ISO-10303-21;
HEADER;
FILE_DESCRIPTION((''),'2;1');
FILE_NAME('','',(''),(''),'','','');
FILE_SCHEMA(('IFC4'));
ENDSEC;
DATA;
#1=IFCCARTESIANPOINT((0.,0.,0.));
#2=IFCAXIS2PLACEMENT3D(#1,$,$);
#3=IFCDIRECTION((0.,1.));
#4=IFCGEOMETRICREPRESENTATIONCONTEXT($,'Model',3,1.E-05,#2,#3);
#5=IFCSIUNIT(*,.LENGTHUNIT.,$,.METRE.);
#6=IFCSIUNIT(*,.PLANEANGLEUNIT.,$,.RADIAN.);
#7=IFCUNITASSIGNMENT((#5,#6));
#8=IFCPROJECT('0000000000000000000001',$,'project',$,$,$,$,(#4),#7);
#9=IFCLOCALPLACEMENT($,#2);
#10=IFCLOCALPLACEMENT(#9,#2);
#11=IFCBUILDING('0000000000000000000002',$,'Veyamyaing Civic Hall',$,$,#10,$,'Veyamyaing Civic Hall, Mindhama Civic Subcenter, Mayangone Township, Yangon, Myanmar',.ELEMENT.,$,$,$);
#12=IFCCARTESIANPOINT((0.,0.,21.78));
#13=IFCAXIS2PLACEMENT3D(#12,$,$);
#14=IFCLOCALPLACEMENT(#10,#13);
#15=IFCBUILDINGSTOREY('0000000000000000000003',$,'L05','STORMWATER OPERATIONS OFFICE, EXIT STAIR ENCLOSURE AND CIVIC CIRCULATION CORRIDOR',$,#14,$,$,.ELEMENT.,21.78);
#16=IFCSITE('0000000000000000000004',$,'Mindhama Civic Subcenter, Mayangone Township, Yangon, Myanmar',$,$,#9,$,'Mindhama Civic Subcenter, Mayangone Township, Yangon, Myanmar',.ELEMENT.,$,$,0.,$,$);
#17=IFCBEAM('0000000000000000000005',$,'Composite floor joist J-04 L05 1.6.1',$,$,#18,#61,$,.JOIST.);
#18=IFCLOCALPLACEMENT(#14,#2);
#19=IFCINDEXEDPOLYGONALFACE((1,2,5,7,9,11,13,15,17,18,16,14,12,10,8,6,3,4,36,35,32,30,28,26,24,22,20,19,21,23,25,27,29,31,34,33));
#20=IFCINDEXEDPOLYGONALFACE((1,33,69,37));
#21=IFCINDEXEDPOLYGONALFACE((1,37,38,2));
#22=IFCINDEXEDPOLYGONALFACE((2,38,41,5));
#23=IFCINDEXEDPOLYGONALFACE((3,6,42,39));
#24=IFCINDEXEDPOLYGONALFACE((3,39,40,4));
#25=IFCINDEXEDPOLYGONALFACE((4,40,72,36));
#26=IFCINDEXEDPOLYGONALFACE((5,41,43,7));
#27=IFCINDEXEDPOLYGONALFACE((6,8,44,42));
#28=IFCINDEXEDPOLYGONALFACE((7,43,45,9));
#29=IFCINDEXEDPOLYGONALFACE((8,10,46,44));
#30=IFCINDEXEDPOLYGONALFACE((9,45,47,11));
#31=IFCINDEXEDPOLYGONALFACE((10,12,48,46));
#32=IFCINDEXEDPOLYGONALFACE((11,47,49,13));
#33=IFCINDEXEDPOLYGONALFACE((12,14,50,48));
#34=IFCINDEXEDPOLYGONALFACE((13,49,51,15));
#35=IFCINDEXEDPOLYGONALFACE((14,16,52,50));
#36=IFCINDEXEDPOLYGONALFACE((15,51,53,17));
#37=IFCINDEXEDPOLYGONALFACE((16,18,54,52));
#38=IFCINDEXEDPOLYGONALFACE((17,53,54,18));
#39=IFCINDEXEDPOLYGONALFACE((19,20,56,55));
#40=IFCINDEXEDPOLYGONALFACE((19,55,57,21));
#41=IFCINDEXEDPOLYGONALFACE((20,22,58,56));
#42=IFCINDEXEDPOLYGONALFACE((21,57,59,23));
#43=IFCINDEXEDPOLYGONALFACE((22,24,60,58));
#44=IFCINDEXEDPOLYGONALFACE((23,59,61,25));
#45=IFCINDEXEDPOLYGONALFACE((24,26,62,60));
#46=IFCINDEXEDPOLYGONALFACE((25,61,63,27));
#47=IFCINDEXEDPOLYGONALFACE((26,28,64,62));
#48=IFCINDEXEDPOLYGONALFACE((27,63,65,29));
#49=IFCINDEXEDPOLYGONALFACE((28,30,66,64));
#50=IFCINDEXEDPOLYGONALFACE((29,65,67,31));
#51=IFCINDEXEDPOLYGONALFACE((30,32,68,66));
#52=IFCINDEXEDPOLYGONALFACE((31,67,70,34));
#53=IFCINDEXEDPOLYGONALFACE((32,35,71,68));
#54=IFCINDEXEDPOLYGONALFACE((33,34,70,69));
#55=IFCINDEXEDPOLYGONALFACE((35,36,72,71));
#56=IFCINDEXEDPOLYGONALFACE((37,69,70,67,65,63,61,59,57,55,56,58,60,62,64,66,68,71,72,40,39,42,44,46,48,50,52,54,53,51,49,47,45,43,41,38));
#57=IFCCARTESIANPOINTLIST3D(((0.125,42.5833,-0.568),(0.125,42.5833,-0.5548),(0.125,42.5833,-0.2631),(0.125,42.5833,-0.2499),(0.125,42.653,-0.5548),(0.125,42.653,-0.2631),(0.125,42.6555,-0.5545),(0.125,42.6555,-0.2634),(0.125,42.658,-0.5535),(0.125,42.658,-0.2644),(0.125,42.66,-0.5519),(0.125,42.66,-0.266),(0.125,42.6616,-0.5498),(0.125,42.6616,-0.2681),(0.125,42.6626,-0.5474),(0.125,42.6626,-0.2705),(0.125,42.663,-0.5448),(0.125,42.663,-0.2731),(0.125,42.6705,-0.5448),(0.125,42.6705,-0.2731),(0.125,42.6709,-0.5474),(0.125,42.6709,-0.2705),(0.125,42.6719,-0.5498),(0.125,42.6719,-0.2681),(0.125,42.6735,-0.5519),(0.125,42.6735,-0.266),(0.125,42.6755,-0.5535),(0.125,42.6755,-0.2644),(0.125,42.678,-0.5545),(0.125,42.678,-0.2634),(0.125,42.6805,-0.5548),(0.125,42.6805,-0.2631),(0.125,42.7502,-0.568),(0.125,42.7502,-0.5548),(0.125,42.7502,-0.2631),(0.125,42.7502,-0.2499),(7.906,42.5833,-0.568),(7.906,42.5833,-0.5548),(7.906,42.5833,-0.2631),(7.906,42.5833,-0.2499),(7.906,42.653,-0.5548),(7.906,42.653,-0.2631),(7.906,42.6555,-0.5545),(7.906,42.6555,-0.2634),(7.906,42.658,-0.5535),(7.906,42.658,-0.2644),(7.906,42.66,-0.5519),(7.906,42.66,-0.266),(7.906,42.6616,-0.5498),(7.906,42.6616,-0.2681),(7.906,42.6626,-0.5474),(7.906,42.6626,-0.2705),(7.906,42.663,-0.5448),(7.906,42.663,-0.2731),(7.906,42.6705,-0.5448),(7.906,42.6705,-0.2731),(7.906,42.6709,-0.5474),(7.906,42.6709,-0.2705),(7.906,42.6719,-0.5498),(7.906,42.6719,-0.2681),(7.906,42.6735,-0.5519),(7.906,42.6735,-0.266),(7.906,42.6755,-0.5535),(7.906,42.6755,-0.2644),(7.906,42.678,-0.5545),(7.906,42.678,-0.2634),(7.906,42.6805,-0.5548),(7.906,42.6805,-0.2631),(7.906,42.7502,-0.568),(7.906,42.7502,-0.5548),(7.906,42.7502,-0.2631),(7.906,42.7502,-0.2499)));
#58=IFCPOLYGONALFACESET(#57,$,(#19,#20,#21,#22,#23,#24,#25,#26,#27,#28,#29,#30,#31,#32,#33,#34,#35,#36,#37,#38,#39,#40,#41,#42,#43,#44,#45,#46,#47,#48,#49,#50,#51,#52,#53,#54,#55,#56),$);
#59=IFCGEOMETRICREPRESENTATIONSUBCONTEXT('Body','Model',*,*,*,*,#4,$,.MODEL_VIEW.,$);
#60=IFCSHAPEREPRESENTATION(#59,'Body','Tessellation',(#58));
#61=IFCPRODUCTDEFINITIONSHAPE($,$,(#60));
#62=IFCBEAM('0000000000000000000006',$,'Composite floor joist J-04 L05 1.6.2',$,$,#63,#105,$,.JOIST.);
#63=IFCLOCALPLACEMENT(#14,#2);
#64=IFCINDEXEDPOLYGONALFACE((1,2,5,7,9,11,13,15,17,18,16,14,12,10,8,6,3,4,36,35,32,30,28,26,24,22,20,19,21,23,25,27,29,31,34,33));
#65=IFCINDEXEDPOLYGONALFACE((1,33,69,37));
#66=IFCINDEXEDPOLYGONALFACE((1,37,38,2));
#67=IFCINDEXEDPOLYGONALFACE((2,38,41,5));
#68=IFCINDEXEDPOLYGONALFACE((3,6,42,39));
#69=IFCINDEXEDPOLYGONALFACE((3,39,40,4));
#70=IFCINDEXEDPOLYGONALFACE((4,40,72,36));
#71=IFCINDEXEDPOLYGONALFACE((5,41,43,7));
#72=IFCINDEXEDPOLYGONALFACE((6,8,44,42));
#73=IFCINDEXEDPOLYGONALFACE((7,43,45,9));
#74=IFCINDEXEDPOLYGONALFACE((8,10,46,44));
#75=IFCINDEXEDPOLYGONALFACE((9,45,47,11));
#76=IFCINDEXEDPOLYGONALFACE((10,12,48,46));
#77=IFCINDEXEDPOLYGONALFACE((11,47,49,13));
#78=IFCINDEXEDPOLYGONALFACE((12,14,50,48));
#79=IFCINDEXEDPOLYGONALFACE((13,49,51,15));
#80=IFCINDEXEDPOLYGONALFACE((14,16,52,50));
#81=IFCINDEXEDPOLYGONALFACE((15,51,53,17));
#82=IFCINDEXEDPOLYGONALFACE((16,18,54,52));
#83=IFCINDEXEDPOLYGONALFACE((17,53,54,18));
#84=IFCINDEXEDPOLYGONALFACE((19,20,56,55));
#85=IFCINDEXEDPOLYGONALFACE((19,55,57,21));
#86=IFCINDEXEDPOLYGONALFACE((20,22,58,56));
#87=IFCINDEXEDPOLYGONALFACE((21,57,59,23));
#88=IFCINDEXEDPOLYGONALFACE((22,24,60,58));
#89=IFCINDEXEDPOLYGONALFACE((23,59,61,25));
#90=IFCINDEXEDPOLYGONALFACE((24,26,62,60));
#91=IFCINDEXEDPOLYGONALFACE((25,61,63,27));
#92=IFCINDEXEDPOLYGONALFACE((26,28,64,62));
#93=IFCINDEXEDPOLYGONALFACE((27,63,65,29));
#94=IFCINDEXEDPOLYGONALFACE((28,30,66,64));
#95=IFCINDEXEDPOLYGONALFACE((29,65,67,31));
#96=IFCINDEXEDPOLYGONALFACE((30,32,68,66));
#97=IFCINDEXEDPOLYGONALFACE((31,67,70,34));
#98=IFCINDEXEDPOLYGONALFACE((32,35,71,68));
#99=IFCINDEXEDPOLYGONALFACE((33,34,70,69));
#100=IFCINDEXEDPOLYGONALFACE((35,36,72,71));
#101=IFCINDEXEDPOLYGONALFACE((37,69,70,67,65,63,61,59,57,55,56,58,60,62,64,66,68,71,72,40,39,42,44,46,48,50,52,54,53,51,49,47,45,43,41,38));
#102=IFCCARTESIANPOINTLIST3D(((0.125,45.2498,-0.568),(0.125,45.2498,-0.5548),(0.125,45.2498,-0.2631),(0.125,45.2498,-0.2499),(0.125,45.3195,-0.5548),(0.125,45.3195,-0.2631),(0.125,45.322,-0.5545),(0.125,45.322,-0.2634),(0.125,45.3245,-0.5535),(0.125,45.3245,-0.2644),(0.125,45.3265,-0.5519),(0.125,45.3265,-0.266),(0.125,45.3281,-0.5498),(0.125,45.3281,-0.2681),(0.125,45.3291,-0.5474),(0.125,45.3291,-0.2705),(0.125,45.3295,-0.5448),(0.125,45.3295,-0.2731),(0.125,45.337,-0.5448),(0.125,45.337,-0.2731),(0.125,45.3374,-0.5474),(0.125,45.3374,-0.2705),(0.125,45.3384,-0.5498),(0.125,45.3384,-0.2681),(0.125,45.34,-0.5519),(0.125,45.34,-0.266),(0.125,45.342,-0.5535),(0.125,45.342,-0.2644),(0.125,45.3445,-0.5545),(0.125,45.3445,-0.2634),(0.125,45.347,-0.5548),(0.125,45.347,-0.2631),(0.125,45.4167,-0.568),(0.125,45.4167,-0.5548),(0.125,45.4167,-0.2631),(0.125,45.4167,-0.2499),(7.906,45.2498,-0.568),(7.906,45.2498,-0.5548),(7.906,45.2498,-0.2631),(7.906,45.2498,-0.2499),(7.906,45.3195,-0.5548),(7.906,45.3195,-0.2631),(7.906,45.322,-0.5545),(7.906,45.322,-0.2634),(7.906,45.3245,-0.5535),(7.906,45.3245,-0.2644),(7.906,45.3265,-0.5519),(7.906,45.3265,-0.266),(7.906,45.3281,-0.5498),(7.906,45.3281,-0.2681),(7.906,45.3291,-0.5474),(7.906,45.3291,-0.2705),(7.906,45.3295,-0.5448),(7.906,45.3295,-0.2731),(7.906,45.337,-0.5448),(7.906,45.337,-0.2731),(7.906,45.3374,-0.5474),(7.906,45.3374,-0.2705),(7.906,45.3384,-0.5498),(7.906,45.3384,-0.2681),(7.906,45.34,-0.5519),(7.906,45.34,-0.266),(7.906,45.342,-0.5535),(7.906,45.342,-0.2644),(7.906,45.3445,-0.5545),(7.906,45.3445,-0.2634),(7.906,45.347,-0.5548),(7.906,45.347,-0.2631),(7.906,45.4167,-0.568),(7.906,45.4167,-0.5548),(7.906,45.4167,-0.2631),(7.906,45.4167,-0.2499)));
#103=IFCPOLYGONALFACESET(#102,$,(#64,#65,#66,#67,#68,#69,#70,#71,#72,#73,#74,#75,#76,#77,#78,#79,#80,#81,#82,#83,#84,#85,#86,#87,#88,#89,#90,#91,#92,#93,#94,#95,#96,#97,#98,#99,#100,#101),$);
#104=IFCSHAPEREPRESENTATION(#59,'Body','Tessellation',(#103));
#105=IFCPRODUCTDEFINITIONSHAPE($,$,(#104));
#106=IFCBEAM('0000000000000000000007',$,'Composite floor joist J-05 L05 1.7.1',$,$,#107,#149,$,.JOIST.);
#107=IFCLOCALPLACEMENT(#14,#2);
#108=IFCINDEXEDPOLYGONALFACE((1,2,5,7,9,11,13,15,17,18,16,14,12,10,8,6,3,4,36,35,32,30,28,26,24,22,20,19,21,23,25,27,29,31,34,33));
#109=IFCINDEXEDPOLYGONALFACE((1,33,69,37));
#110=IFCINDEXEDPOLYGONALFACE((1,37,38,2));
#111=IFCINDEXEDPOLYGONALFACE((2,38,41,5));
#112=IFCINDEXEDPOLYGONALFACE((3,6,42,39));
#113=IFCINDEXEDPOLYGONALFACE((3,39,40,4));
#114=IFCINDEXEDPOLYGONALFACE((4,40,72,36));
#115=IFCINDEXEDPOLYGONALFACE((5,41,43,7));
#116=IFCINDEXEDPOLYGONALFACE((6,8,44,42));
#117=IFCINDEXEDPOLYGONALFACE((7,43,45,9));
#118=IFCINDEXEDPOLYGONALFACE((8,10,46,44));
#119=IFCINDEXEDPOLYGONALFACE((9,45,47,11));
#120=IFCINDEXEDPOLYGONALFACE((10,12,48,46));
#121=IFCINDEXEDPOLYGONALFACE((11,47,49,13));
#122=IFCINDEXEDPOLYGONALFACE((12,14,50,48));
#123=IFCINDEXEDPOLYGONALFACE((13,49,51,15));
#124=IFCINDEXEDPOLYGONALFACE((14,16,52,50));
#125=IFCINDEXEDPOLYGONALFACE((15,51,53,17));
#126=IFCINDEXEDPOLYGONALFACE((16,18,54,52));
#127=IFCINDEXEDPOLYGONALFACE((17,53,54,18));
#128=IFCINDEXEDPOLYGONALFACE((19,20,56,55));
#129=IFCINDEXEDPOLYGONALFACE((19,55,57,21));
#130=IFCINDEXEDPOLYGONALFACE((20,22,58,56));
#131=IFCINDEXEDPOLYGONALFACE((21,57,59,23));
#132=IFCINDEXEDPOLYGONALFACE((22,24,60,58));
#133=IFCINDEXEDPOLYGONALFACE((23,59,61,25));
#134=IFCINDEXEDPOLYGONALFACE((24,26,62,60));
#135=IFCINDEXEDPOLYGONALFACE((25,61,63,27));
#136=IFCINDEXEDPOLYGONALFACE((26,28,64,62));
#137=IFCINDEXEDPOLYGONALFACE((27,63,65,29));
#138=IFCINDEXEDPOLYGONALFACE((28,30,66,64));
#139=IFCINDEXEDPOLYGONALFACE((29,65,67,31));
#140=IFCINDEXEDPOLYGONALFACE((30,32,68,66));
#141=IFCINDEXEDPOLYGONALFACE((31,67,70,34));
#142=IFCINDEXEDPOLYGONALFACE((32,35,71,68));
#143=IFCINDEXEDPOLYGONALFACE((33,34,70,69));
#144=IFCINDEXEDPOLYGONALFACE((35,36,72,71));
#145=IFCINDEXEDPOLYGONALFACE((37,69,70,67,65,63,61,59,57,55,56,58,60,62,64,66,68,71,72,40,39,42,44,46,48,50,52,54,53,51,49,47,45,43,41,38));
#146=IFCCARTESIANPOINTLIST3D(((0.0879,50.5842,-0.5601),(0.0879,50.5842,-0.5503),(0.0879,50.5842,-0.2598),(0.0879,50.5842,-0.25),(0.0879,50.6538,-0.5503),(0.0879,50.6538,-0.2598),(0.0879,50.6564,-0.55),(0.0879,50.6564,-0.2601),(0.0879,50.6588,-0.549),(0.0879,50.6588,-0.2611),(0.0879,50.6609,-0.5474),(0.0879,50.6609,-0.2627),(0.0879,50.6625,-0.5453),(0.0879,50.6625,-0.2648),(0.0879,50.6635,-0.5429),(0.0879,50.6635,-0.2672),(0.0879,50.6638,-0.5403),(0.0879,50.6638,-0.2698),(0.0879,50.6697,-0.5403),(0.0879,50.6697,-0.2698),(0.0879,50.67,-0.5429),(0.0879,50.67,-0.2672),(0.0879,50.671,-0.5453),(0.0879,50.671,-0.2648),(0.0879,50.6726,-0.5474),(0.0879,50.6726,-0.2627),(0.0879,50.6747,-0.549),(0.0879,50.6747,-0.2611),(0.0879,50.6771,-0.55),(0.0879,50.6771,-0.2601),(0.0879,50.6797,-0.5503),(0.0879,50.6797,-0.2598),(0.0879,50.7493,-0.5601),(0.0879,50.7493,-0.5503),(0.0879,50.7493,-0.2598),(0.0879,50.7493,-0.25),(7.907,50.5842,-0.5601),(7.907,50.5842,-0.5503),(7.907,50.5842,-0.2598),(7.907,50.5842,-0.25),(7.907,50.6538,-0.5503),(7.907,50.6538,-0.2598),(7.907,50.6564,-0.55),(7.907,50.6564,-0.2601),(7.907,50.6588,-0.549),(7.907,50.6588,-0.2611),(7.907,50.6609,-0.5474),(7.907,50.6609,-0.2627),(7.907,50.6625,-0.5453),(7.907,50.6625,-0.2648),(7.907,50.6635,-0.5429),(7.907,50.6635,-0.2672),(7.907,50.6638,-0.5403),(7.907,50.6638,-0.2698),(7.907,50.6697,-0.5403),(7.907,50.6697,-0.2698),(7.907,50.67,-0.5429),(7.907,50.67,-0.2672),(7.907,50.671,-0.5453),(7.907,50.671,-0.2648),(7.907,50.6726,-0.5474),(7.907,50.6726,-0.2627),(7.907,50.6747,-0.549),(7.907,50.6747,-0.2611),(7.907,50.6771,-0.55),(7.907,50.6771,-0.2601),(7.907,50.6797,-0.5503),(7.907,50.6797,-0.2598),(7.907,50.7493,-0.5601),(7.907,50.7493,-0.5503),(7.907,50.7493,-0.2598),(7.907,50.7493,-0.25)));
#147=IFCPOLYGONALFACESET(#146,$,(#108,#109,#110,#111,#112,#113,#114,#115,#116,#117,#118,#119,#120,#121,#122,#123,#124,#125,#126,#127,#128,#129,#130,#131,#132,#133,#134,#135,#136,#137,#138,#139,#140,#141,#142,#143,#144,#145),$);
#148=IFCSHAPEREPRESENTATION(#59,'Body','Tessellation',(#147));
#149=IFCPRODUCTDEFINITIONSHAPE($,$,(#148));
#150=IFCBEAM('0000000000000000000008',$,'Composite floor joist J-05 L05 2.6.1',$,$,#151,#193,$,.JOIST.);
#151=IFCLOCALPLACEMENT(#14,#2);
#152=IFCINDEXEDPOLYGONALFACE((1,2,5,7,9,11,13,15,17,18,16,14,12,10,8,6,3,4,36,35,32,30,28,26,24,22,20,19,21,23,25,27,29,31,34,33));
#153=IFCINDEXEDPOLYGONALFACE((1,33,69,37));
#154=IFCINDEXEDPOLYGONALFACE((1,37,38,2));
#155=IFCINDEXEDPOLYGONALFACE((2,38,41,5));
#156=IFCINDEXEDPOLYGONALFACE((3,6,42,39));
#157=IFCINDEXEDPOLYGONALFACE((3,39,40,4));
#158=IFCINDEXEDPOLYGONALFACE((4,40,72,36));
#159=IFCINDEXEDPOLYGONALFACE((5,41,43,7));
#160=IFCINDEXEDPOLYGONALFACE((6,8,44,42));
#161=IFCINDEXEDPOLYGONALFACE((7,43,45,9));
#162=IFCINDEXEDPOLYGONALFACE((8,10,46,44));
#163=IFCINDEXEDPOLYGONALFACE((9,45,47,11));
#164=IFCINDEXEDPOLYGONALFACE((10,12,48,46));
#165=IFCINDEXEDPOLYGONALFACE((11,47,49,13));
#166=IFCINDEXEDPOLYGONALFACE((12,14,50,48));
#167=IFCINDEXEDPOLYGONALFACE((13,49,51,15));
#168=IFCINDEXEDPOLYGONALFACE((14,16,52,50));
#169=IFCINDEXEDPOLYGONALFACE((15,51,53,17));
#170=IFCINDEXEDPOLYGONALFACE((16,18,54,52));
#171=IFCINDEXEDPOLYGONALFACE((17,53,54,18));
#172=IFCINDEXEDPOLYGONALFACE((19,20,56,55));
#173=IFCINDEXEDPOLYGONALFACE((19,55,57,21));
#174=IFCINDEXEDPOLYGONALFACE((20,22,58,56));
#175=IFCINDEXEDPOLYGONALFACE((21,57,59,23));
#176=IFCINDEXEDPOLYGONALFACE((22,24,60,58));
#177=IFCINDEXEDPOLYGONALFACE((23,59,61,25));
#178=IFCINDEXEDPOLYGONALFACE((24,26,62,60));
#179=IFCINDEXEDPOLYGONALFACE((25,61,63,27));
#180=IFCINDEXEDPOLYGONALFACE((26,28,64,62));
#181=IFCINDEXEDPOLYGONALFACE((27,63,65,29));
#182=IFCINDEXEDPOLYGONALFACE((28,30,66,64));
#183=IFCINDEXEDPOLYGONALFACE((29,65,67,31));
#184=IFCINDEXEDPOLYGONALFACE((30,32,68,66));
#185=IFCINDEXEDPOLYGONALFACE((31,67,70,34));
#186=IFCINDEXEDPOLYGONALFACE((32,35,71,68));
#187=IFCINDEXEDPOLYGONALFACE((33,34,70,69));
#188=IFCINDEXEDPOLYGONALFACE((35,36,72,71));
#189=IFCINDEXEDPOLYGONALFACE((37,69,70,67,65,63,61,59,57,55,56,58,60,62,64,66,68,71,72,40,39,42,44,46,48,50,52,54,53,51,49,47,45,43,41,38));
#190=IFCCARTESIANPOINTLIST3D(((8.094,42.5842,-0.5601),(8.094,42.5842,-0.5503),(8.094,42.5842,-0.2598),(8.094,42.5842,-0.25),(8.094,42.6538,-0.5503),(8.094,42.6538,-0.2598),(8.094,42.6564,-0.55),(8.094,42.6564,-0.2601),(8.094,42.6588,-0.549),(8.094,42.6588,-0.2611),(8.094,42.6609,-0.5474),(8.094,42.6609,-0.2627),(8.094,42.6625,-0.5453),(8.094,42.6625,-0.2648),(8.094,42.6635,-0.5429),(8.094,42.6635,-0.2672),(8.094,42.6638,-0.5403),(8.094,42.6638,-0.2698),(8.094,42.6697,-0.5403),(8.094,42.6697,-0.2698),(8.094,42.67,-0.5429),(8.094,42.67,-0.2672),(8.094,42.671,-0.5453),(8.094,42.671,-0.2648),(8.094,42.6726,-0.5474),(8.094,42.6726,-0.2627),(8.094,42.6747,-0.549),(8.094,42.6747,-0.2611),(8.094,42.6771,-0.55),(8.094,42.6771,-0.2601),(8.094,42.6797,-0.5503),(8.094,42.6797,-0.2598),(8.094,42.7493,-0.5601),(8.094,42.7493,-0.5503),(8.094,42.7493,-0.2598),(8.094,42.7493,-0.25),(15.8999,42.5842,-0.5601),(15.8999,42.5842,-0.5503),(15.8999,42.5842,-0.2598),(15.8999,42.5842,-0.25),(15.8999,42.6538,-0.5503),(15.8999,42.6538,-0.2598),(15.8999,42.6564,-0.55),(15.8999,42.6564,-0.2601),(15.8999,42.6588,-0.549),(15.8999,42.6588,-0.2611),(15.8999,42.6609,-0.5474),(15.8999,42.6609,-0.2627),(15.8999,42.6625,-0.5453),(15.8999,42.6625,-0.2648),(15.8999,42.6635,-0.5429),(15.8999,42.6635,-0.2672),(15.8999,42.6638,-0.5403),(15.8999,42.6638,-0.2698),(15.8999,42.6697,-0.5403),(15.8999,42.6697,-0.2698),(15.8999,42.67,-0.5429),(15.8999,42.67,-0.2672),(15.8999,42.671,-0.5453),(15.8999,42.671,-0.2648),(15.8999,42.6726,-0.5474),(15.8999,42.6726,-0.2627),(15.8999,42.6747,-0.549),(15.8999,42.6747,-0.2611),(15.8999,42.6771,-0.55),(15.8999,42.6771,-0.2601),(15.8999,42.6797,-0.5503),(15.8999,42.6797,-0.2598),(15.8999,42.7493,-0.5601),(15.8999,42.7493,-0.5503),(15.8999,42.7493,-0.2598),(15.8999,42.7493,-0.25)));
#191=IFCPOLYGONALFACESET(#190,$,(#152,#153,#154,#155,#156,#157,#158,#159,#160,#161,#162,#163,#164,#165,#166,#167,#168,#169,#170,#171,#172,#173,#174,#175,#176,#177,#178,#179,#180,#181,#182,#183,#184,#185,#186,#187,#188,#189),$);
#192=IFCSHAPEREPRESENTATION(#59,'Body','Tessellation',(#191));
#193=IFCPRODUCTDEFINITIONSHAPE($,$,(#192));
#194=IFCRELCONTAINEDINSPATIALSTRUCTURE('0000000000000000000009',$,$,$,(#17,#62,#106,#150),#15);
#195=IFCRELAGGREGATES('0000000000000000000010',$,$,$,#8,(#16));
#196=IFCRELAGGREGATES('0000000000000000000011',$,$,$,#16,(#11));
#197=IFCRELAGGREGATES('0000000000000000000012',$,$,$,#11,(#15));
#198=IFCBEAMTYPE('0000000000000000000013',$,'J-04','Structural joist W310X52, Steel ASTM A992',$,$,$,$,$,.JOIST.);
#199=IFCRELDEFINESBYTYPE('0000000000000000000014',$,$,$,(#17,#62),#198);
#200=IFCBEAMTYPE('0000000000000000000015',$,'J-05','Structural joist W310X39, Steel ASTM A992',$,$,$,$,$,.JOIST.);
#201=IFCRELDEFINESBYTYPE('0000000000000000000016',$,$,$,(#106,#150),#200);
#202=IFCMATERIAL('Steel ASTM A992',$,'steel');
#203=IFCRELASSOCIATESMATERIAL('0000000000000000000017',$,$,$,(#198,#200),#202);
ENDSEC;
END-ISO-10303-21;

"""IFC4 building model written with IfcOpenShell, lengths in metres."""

from ifc_helpers import new_model, si_unit, direction, frame, origin, origin_2d, place, context, subcontext, project, spatial, i_section, extrude, material, material_profile, profile_set, type_object, element, save


model = new_model("IFC4")

# Units and contexts
model_context = context("Model", 3, precision=1e-05, world=origin(), true_north=direction((0.0, 1.0)))
body_context = subcontext(model_context, "Body", "Model", "MODEL_VIEW")
ifc_project = project(units=[si_unit("LENGTHUNIT", "METRE"), si_unit("PLANEANGLEUNIT", "RADIAN")], contexts=[model_context])

# Site, building, storey
site_placement = place(None, origin())
site = spatial("IfcSite", under=ifc_project, at=site_placement, Name="Mindhama Civic Subcenter, Mayangone Township, Yangon, Myanmar", LongName="Mindhama Civic Subcenter, Mayangone Township, Yangon, Myanmar", CompositionType="ELEMENT", RefElevation=0.0)
building_placement = place(site_placement, origin())
building = spatial("IfcBuilding", under=site, at=building_placement, Name="Veyamyaing Civic Hall", LongName="Veyamyaing Civic Hall, Mindhama Civic Subcenter, Mayangone Township, Yangon, Myanmar", CompositionType="ELEMENT")
storey_placement = place(building_placement, frame((0.0, 0.0, 21.78)))
storey = spatial("IfcBuildingStorey", under=building, at=storey_placement, Name="L05", Description="STORMWATER OPERATIONS OFFICE, EXIT STAIR ENCLOSURE AND CIVIC CIRCULATION CORRIDOR", CompositionType="ELEMENT", Elevation=21.78)

# Beams
ifc_material_1 = material(Name="Steel ASTM A992", Category="steel")
ifc_material_profile_1 = material_profile(ifc_material_1, i_section(OverallWidth=0.167, OverallDepth=0.3181, WebThickness=0.0076, FlangeThickness=0.0132, FilletRadius=0.01, at=origin_2d()), Name="W310X52")
ifc_profile_set_1 = profile_set([ifc_material_profile_1], Name="Steel ASTM A992")
beam_type_1 = type_object("IfcBeamType", Name="J-04", Description="Structural joist W310X52, Steel ASTM A992", PredefinedType="JOIST", material=ifc_profile_set_1)
for number, where, z_axis, x_axis, name in (
    (1, (0.125, 42.6667, -0.4089), (1.0, 0.0, 0.0), (0.0, 1.0, 0.0), "Composite floor joist J-04 L05 1.6.1"),
    (2, (0.125, 45.3333, -0.4089), (1.0, 0.0, 0.0), (0.0, 1.0, 0.0), "Composite floor joist J-04 L05 1.6.2"),
):
    element("IfcBeam", number, at=place(storey_placement, frame(where, z_axis=z_axis, x_axis=x_axis)), inside=storey, type_object=beam_type_1, Name=name, PredefinedType="JOIST", context=body_context, shape_type="SweptSolid", body=[
        extrude(i_section(OverallWidth=0.167, OverallDepth=0.3181, WebThickness=0.0076, FlangeThickness=0.0132, FilletRadius=0.01, at=origin_2d()), origin(), (0.0, 0.0, 1.0), 7.781),
    ])
ifc_material_profile_2 = material_profile(ifc_material_1, i_section(OverallWidth=0.165, OverallDepth=0.3101, WebThickness=0.0059, FlangeThickness=0.0098, FilletRadius=0.01, at=origin_2d()), Name="W310X39")
ifc_profile_set_2 = profile_set([ifc_material_profile_2], Name="Steel ASTM A992")
beam_type_2 = type_object("IfcBeamType", Name="J-05", Description="Structural joist W310X39, Steel ASTM A992", PredefinedType="JOIST", material=ifc_profile_set_2)
beam_1_placement = place(storey_placement, frame((0.0879, 50.6667, -0.405), z_axis=(1.0, 0.0, 0.0), x_axis=(0.0, 1.0, 0.0)))
element("IfcBeam", 3, at=beam_1_placement, inside=storey, type_object=beam_type_2, Name="Composite floor joist J-05 L05 1.7.1", PredefinedType="JOIST", context=body_context, shape_type="SweptSolid", body=[
    extrude(i_section(OverallWidth=0.165, OverallDepth=0.3101, WebThickness=0.0059, FlangeThickness=0.0098, FilletRadius=0.01, at=origin_2d()), origin(), (0.0, 0.0, 1.0), 7.8191),
])
for number, where, z_axis, x_axis, name in (
    (4, (8.094, 42.6667, -0.405), (1.0, 0.0, 0.0), (0.0, 1.0, 0.0), "Composite floor joist J-05 L05 2.6.1"),
):
    element("IfcBeam", number, at=place(storey_placement, frame(where, z_axis=z_axis, x_axis=x_axis)), inside=storey, type_object=beam_type_2, Name=name, PredefinedType="JOIST", context=body_context, shape_type="SweptSolid", body=[
        extrude(i_section(OverallWidth=0.165, OverallDepth=0.3101, WebThickness=0.0059, FlangeThickness=0.0098, FilletRadius=0.01, at=origin_2d()), origin(), (0.0, 0.0, 1.0), 7.8059),
    ])

save(model, "model.ifc")
